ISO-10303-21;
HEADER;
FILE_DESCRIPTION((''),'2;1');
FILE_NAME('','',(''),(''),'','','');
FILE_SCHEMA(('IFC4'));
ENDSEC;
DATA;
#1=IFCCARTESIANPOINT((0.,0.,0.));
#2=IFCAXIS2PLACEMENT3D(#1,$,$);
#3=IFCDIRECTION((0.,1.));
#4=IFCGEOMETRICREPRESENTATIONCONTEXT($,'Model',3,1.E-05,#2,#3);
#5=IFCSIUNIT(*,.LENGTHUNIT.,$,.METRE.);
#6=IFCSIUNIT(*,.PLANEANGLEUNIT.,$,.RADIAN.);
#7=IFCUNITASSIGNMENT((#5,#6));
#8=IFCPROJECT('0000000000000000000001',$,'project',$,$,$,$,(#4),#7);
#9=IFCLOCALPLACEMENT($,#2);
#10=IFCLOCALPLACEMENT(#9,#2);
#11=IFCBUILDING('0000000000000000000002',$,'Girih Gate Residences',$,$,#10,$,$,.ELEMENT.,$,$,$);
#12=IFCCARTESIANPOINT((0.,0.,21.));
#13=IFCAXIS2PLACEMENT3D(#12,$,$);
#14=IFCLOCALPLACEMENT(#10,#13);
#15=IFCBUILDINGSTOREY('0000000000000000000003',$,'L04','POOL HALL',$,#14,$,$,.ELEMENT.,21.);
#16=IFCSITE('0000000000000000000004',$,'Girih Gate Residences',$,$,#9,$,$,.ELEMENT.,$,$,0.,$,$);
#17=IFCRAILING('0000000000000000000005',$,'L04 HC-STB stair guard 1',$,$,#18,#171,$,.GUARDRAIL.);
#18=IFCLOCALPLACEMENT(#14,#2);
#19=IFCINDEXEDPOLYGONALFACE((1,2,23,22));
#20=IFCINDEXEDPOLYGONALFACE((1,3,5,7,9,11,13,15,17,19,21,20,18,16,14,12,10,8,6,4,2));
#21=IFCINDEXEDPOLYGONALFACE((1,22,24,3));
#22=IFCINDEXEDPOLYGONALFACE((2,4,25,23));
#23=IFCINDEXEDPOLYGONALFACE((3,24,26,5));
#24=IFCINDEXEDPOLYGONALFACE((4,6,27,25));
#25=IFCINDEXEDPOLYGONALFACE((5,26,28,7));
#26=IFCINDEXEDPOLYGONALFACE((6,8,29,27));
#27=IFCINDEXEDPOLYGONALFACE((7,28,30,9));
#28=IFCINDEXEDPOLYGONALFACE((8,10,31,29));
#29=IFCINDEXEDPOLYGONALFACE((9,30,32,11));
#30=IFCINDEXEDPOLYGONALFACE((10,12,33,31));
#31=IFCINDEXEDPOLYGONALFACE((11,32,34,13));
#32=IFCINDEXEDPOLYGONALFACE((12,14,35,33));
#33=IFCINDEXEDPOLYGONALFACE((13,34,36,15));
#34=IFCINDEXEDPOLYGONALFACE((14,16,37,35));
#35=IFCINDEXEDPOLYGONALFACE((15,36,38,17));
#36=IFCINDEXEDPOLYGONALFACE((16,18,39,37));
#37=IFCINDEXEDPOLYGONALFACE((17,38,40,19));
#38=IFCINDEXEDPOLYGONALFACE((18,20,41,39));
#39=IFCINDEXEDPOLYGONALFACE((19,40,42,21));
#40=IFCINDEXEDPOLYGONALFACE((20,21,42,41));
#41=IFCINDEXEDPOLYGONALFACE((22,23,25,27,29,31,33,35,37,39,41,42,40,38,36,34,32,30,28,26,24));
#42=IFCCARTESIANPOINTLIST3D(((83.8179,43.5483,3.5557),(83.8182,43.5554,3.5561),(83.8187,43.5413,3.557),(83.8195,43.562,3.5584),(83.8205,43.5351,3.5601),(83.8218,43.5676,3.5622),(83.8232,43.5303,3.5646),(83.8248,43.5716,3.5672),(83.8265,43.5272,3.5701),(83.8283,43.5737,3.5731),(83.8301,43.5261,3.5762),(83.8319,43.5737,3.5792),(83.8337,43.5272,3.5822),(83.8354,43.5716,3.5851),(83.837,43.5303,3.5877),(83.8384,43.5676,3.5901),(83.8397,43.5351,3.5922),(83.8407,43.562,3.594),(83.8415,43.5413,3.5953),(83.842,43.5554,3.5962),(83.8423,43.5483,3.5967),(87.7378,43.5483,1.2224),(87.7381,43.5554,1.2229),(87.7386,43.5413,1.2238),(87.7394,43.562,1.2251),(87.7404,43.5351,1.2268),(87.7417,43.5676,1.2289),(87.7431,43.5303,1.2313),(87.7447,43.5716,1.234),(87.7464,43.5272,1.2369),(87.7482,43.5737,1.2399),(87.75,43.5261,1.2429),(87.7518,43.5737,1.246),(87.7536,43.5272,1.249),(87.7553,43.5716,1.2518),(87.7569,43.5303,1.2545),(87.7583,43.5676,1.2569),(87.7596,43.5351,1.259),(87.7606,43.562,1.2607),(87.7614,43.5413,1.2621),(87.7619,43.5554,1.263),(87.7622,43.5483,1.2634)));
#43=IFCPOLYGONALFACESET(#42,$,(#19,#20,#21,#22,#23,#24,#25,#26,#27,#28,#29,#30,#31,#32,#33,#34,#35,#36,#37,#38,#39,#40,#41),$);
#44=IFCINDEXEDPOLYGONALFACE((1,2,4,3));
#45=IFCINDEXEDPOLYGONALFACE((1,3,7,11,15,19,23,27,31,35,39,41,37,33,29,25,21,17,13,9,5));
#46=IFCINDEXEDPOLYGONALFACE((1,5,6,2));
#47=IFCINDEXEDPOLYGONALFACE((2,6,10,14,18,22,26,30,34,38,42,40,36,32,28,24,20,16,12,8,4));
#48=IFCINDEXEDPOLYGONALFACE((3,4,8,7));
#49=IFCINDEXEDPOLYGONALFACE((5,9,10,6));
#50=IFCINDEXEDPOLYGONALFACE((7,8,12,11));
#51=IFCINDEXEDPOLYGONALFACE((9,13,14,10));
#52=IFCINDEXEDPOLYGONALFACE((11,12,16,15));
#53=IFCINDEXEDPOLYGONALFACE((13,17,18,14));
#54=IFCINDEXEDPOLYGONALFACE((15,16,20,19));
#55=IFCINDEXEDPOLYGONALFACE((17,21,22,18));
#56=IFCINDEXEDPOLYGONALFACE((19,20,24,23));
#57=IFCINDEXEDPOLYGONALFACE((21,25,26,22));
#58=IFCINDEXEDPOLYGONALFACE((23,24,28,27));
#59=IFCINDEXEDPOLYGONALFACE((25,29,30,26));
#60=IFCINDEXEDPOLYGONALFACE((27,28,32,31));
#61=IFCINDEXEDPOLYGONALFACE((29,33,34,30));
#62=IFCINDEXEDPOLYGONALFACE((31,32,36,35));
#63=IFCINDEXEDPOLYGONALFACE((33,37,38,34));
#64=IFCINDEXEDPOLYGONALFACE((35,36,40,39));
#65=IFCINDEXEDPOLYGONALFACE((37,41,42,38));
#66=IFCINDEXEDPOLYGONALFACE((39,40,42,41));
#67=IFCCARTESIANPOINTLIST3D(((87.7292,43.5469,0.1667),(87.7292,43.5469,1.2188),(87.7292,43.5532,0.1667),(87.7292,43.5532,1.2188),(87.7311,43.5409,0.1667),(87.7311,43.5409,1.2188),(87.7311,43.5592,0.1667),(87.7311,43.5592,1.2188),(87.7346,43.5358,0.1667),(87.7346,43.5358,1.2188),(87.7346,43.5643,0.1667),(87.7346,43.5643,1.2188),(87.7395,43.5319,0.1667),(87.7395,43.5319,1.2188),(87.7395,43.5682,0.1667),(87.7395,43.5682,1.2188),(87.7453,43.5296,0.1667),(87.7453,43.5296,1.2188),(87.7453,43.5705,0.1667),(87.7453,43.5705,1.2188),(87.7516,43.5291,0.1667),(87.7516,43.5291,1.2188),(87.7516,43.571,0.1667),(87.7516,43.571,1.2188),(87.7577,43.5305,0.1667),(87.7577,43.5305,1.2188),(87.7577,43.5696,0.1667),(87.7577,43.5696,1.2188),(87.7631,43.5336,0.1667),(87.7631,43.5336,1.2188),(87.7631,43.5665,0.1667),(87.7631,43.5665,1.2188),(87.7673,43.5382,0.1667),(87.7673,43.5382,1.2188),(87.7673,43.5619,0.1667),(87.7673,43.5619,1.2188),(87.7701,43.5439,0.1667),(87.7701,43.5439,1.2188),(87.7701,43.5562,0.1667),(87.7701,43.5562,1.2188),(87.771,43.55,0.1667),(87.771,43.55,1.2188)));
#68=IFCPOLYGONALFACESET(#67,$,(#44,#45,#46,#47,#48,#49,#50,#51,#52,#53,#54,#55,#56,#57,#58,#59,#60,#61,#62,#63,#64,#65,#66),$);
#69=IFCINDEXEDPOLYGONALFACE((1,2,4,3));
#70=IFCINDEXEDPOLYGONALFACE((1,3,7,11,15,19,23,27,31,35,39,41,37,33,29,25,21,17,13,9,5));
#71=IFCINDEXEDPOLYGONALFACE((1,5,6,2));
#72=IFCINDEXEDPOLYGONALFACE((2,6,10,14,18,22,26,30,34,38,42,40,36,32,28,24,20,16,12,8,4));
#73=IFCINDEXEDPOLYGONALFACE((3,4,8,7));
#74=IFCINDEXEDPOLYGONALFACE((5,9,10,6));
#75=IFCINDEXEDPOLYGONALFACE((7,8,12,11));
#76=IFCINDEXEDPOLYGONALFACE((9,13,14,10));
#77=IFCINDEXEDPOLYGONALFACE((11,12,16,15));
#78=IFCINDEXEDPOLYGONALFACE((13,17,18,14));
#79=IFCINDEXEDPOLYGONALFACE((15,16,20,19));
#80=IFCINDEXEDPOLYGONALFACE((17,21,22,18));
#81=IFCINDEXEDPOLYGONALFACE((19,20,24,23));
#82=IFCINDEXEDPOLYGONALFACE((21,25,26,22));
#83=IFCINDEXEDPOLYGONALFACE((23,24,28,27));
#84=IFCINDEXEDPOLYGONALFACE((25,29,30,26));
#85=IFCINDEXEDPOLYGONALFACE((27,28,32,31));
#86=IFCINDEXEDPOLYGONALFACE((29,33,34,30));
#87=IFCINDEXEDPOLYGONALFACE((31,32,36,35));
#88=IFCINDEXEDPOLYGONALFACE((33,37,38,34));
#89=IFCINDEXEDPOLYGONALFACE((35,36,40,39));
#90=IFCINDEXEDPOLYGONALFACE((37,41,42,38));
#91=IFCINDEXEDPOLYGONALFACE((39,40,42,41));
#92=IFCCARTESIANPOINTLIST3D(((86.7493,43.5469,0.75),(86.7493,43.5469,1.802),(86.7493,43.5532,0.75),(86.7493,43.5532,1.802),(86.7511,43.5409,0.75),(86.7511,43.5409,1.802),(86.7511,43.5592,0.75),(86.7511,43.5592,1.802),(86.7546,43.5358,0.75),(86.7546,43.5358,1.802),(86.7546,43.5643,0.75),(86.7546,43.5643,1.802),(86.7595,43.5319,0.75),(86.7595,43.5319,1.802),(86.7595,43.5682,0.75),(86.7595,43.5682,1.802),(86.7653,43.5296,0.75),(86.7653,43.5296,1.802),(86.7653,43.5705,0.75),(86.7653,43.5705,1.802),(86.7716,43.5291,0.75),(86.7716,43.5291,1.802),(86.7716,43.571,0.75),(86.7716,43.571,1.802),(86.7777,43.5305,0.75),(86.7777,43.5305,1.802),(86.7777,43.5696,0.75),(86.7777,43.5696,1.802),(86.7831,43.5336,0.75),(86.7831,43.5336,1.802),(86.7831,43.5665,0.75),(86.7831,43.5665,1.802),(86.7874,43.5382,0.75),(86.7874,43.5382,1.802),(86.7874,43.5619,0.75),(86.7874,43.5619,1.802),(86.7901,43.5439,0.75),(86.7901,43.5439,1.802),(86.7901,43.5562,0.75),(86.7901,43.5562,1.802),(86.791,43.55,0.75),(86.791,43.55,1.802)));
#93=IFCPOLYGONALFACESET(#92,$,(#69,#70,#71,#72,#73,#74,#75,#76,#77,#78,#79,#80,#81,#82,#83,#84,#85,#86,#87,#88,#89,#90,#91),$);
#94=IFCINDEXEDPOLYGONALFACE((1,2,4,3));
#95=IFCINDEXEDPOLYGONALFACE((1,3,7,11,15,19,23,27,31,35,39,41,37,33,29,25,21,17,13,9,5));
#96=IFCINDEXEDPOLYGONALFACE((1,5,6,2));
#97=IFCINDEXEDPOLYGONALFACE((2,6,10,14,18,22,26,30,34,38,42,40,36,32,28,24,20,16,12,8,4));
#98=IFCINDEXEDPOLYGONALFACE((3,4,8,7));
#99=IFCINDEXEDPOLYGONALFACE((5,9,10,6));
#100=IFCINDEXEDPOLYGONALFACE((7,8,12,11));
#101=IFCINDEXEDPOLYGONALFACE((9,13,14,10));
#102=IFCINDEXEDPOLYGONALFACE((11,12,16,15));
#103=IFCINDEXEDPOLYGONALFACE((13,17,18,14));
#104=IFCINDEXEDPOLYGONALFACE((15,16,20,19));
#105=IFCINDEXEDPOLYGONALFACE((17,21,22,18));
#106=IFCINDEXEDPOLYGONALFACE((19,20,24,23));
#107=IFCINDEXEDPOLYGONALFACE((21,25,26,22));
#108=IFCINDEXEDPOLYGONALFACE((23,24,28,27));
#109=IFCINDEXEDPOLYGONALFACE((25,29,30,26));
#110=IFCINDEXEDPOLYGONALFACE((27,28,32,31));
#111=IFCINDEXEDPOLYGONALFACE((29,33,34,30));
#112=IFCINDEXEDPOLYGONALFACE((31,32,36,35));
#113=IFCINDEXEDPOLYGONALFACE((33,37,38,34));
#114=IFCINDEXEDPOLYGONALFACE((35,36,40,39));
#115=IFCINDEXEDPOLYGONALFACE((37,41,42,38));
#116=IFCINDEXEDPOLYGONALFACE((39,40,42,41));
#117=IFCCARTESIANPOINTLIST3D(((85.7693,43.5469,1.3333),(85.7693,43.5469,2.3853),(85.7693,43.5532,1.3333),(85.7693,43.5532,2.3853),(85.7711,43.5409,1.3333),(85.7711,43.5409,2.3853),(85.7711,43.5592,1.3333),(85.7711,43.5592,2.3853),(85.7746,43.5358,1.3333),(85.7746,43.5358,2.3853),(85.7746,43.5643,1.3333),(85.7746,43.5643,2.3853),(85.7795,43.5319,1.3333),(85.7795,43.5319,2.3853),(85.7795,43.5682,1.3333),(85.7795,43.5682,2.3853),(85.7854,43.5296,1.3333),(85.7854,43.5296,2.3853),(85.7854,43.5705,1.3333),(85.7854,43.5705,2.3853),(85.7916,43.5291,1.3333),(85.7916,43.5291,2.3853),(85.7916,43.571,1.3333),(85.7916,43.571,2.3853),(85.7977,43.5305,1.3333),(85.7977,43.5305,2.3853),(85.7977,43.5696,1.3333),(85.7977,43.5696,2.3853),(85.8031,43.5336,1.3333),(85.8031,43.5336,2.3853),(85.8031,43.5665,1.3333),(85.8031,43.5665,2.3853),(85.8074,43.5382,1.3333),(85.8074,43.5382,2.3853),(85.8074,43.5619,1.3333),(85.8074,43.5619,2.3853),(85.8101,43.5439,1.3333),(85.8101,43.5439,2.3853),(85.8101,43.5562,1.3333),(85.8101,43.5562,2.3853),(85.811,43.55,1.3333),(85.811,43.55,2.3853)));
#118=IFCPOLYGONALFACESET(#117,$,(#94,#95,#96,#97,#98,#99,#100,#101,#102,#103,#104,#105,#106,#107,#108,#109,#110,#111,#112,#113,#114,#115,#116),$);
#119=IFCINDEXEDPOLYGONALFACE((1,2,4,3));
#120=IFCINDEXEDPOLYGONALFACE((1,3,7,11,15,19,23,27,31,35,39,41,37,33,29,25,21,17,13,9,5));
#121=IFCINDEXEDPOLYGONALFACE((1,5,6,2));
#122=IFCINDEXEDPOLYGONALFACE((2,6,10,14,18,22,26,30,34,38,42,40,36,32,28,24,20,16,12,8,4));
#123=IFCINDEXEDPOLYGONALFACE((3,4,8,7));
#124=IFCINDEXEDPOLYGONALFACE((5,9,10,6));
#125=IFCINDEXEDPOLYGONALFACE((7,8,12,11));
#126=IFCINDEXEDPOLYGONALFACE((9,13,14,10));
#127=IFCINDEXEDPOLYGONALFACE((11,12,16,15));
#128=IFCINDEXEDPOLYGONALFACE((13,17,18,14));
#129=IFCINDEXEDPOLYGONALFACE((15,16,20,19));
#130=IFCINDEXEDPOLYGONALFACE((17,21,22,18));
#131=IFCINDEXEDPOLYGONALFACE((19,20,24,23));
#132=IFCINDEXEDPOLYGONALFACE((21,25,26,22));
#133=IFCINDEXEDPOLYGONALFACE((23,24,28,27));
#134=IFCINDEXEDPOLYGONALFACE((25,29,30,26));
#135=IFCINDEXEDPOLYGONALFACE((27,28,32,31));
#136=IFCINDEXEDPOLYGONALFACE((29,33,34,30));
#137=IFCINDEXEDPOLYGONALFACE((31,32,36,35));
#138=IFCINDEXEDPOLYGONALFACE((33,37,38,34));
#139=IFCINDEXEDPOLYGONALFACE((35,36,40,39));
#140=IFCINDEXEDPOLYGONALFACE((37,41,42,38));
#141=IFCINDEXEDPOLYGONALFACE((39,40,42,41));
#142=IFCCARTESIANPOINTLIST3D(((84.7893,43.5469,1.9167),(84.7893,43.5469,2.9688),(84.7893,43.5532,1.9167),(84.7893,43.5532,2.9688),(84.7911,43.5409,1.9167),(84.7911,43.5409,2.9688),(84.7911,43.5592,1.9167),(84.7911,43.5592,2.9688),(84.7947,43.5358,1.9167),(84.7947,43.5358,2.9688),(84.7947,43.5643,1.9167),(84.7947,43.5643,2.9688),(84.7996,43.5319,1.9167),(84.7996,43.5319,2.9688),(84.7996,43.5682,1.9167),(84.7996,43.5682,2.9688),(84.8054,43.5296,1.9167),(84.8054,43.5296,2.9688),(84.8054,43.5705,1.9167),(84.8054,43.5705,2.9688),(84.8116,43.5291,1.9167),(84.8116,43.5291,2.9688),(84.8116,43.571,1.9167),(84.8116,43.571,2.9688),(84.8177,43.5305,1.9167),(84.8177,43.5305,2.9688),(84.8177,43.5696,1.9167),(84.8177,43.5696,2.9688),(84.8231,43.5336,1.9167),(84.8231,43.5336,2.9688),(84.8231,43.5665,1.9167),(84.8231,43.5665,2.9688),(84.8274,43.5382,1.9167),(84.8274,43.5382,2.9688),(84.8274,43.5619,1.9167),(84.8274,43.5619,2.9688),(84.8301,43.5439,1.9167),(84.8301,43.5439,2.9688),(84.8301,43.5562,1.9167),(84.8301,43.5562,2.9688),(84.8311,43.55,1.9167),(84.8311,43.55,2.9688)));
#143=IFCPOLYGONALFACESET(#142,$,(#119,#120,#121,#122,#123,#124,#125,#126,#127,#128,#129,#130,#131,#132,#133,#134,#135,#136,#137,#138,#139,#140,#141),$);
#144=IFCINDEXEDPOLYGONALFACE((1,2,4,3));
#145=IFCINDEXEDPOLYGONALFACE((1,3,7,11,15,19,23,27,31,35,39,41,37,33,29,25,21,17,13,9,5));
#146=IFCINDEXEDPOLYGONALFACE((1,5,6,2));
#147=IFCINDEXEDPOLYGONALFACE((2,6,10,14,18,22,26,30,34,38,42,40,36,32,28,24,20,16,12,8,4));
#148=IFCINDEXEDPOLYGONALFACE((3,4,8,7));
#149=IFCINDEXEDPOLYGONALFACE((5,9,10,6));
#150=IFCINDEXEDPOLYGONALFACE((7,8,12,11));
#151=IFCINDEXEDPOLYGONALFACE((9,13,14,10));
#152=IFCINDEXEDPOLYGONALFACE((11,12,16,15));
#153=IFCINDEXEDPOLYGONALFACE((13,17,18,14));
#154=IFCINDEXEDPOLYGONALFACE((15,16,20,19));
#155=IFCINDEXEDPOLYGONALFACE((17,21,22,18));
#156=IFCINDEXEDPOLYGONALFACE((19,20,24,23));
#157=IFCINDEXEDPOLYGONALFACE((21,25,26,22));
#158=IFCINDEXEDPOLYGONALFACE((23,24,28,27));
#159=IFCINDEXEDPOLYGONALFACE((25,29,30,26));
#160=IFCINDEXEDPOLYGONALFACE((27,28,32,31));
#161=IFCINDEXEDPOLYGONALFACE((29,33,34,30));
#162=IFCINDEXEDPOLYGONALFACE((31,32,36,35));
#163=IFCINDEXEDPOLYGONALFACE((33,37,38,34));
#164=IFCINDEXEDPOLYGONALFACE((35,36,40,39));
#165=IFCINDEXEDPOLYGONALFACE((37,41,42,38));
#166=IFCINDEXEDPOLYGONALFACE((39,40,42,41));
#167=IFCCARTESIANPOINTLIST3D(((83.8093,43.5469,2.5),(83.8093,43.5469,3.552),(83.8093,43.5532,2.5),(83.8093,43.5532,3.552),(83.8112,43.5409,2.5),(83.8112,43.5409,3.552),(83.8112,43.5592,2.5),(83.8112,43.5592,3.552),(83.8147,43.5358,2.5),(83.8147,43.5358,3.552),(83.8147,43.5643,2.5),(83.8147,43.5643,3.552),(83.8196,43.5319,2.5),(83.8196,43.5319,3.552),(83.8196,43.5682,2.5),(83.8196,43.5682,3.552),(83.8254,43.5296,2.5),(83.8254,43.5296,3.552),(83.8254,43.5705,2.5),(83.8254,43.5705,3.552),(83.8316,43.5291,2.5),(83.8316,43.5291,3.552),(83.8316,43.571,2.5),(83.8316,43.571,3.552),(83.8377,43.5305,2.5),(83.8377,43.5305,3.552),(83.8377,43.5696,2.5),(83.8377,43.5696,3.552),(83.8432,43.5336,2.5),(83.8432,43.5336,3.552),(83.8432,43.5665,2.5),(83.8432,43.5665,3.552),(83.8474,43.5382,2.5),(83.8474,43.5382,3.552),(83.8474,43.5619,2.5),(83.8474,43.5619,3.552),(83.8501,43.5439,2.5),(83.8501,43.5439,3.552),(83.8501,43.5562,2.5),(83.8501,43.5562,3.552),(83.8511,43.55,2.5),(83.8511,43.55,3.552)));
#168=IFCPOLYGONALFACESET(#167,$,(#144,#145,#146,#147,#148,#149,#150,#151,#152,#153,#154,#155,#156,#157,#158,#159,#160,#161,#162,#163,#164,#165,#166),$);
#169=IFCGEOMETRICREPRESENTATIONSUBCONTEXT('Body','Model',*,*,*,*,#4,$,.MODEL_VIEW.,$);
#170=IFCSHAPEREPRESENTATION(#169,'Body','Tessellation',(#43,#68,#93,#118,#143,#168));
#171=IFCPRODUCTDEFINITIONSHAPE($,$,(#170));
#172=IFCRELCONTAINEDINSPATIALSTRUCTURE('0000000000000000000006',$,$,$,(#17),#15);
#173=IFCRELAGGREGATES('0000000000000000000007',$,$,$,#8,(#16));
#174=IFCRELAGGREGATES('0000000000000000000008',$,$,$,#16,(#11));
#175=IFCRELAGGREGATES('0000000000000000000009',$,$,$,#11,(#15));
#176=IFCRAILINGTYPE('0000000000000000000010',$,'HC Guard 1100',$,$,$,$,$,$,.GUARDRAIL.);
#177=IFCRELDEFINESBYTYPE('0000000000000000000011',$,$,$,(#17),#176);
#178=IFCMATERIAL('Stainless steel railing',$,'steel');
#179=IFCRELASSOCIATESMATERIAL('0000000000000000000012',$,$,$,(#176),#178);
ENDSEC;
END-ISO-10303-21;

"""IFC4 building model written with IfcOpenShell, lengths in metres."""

from ifc_helpers import new_model, si_unit, direction, frame, origin, origin_2d, place, context, subcontext, project, spatial, circle, extrude, material, type_object, element, save


model = new_model("IFC4")

# Units and contexts
model_context = context("Model", 3, precision=1e-05, world=origin(), true_north=direction((0.0, 1.0)))
body_context = subcontext(model_context, "Body", "Model", "MODEL_VIEW")
ifc_project = project(units=[si_unit("LENGTHUNIT", "METRE"), si_unit("PLANEANGLEUNIT", "RADIAN")], contexts=[model_context])

# Site, building, storey
site_placement = place(None, origin())
site = spatial("IfcSite", under=ifc_project, at=site_placement, Name="Girih Gate Residences", CompositionType="ELEMENT", RefElevation=0.0)
building_placement = place(site_placement, origin())
building = spatial("IfcBuilding", under=site, at=building_placement, Name="Girih Gate Residences", CompositionType="ELEMENT")
storey_placement = place(building_placement, frame((0.0, 0.0, 21.0)))
storey = spatial("IfcBuildingStorey", under=building, at=storey_placement, Name="L04", Description="POOL HALL", CompositionType="ELEMENT", Elevation=21.0)

# Railing
ifc_material_1 = material(Name="Stainless steel railing", Category="steel")
railing_type_1 = type_object("IfcRailingType", Name="HC Guard 1100", PredefinedType="GUARDRAIL", material=ifc_material_1)
railing_1_placement = place(storey_placement, frame((87.75, 43.55, 0.1667)))
element("IfcRailing", 1, at=railing_1_placement, inside=storey, type_object=railing_type_1, Name="L04 HC-STB stair guard 1", PredefinedType="GUARDRAIL", context=body_context, shape_type="SweptSolid", body=[
    extrude(circle(Radius=0.0239, at=origin_2d()), frame((0.0, 0.0, 1.0762), z_axis=(-0.859296, 0.0, 0.511478), x_axis=(0.0, -1.0, 0.0)), (0.0, 0.0, 1.0), 4.5618),
    extrude(circle(Radius=0.021, at=origin_2d()), origin(), (0.0, 0.0, 1.0), 1.052),
    extrude(circle(Radius=0.021, at=origin_2d()), frame((-0.98, 0.0, 0.5833)), (0.0, 0.0, 1.0), 1.052),
    extrude(circle(Radius=0.021, at=origin_2d()), frame((-1.96, 0.0, 1.1665)), (0.0, 0.0, 1.0), 1.052),
    extrude(circle(Radius=0.021, at=origin_2d()), frame((-2.9399, 0.0, 1.75)), (0.0, 0.0, 1.0), 1.052),
    extrude(circle(Radius=0.021, at=origin_2d()), frame((-3.9199, 0.0, 2.3333)), (0.0, 0.0, 1.0), 1.052),
])

save(model, "model.ifc")
